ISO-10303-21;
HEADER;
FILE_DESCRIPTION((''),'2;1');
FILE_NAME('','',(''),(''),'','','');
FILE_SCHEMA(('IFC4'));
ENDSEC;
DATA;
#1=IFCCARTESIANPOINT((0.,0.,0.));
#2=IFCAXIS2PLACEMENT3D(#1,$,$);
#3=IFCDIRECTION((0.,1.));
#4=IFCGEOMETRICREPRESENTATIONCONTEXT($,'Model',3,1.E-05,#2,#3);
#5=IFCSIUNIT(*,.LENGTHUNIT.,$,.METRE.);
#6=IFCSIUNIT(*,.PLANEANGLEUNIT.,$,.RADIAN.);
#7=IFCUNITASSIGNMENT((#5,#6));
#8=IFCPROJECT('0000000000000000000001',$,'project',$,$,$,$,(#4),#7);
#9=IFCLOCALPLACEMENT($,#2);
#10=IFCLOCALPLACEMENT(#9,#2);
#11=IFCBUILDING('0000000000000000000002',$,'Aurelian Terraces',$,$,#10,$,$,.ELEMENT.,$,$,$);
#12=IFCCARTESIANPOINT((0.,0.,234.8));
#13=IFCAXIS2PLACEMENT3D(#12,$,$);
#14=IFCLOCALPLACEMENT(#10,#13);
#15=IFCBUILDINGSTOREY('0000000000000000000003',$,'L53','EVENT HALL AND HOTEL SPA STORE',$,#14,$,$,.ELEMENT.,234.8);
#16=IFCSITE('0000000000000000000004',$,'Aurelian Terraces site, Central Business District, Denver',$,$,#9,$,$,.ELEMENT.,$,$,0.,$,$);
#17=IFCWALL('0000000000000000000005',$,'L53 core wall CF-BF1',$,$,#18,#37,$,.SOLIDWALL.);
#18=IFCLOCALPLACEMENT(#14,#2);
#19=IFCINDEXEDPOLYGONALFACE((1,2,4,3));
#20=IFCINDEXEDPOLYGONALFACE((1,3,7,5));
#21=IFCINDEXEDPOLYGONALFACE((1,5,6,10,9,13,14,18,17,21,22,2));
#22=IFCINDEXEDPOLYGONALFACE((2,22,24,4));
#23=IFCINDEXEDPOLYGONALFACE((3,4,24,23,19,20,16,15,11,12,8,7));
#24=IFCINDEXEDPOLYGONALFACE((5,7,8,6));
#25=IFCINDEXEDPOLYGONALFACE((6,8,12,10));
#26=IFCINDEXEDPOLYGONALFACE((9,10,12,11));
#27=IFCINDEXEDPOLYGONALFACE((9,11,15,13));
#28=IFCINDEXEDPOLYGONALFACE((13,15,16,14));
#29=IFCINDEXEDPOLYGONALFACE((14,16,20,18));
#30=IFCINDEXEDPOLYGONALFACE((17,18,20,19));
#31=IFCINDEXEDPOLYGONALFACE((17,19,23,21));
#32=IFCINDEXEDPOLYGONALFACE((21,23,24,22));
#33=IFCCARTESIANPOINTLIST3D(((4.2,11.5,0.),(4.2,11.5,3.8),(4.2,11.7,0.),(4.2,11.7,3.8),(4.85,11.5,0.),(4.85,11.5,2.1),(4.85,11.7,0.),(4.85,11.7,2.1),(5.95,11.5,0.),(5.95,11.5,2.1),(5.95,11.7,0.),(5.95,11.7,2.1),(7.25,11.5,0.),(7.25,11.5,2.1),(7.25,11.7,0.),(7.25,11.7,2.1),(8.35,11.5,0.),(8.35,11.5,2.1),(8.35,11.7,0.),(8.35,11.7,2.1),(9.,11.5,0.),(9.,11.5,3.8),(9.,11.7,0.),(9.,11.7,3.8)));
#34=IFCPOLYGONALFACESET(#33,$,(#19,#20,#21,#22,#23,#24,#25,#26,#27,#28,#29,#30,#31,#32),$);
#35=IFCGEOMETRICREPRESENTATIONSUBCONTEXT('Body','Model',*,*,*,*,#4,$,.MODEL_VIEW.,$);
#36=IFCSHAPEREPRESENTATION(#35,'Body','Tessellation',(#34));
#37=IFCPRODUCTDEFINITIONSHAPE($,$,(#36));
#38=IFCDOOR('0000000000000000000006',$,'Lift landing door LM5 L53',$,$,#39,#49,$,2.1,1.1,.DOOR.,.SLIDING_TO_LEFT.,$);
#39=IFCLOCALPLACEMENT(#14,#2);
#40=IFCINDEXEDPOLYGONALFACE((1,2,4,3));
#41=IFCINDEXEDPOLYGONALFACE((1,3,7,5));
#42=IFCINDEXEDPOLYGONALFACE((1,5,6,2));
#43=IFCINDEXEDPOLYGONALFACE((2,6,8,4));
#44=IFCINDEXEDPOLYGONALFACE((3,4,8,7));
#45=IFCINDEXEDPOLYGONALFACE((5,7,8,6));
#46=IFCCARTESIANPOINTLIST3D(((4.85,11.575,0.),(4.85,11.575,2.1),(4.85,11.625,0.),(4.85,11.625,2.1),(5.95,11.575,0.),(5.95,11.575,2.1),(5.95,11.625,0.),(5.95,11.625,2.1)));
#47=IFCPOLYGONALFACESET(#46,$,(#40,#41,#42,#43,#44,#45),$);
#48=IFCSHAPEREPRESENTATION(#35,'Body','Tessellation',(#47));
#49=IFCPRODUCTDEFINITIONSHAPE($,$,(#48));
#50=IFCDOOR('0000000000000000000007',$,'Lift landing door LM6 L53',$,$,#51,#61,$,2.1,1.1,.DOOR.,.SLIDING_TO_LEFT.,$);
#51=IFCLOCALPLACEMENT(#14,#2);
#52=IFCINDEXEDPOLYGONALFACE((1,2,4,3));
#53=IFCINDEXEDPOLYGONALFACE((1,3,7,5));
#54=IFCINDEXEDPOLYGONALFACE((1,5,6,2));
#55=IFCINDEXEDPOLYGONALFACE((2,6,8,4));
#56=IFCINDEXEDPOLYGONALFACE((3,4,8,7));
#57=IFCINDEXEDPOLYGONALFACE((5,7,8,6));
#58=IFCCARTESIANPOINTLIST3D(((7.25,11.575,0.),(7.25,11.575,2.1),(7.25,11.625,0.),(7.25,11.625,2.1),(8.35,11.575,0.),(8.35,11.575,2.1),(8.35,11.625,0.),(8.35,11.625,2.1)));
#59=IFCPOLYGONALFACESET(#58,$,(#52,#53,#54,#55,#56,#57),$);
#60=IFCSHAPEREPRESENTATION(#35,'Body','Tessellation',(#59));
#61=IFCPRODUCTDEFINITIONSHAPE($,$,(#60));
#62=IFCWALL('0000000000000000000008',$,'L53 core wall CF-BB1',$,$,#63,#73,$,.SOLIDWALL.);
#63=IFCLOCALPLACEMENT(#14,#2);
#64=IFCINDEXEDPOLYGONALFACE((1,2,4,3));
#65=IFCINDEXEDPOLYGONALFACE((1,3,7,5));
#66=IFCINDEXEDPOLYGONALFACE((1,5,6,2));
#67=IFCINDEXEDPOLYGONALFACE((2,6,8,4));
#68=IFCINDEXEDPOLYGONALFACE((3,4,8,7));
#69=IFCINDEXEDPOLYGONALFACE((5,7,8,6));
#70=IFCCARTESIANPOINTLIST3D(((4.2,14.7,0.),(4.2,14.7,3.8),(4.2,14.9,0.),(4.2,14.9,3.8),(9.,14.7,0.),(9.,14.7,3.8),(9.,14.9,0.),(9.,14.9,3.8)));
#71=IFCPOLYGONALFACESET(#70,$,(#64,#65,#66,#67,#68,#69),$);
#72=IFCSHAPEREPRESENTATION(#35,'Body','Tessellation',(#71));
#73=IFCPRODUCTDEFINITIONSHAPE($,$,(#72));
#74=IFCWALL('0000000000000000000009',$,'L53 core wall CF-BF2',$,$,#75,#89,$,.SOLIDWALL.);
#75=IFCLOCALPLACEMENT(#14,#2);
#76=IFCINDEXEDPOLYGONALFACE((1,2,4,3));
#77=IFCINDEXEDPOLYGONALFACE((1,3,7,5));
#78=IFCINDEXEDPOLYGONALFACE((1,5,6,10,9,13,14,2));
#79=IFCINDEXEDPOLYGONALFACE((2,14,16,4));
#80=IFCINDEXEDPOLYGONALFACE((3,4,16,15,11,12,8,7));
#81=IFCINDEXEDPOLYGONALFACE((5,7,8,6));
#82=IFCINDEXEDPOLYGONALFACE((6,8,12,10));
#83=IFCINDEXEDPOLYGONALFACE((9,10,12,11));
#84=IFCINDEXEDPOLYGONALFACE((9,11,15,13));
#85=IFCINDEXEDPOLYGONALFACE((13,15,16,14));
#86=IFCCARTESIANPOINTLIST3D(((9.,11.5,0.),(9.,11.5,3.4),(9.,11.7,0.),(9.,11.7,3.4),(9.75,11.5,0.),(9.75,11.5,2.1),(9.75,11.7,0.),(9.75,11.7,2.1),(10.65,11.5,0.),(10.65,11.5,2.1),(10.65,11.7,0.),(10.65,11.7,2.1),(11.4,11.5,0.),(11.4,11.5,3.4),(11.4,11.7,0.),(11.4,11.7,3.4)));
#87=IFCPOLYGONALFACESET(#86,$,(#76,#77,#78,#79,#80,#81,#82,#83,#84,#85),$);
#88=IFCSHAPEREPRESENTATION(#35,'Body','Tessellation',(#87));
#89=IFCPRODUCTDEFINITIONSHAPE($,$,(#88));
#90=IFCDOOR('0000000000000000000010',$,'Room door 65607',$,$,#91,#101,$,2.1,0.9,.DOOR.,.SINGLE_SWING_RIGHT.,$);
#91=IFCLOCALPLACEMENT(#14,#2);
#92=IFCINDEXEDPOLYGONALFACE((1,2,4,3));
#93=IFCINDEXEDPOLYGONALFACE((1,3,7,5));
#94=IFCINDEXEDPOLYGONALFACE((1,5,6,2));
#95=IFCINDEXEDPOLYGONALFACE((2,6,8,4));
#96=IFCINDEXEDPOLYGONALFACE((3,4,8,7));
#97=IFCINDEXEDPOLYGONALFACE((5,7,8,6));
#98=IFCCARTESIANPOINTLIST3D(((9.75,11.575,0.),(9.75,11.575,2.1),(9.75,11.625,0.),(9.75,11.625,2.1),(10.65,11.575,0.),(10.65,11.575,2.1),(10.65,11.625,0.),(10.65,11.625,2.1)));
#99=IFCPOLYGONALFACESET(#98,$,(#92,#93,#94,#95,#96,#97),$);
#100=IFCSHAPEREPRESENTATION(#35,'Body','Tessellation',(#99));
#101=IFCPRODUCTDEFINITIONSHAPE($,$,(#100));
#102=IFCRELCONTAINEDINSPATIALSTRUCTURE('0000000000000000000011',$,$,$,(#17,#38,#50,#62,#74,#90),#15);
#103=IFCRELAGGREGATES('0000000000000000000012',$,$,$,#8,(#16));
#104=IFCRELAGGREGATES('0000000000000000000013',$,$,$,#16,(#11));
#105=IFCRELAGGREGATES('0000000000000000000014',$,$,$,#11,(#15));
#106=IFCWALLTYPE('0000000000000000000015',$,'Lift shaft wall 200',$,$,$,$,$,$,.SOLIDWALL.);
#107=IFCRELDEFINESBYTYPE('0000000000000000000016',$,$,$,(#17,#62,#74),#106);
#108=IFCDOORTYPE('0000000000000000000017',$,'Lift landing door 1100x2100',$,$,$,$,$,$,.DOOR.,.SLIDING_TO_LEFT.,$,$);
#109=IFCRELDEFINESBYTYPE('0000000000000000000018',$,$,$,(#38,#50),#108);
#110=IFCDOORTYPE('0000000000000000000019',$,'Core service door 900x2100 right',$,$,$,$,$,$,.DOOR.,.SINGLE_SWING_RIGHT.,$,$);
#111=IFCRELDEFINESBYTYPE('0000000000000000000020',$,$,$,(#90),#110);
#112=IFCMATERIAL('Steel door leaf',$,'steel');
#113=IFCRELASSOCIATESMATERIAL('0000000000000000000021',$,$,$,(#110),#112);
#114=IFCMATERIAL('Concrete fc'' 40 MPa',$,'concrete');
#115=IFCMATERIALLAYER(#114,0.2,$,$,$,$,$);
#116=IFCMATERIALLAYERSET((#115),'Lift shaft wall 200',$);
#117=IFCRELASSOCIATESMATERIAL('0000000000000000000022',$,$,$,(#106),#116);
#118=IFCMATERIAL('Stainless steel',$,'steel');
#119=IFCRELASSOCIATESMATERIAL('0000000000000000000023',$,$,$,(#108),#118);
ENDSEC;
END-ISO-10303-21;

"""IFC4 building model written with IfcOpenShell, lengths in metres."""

from ifc_helpers import new_model, si_unit, direction, frame, frame_2d, origin, place, context, subcontext, project, spatial, rectangle, extrude, source, transform, mapped, material, layer, layer_set, type_object, element, fill, save


model = new_model("IFC4")

# Units and contexts
model_context = context("Model", 3, precision=1e-05, world=origin(), true_north=direction((0.0, 1.0)))
body_context = subcontext(model_context, "Body", "Model", "MODEL_VIEW")
ifc_project = project(units=[si_unit("LENGTHUNIT", "METRE"), si_unit("PLANEANGLEUNIT", "RADIAN")], contexts=[model_context])

# Site, building, storey
site_placement = place(None, origin())
site = spatial("IfcSite", under=ifc_project, at=site_placement, Name="Aurelian Terraces site, Central Business District, Denver", CompositionType="ELEMENT", RefElevation=0.0)
building_placement = place(site_placement, origin())
building = spatial("IfcBuilding", under=site, at=building_placement, Name="Aurelian Terraces", CompositionType="ELEMENT")
storey_placement = place(building_placement, frame((0.0, 0.0, 234.8)))
storey = spatial("IfcBuildingStorey", under=building, at=storey_placement, Name="L53", Description="EVENT HALL AND HOTEL SPA STORE", CompositionType="ELEMENT", Elevation=234.8)

# Shared definitions
ifc_material_1 = material(Name="Steel door leaf", Category="steel")
door_type_1 = type_object("IfcDoorType", Name="Core service door 900x2100 right", OperationType="SINGLE_SWING_RIGHT", PredefinedType="DOOR", material=ifc_material_1)
shared_shape_1 = source(origin(), body_context, "Body", "SweptSolid", [
    extrude(rectangle(XDim=0.9, YDim=2.1, at=frame_2d((0.45, 1.05))), frame((0.0, 0.025, 0.0), z_axis=(0.0, -1.0, 0.0), x_axis=(1.0, 0.0, 0.0)), (0.0, 0.0, 1.0), 0.05),
])

# Shared definitions
ifc_material_2 = material(Name="Concrete fc' 40 MPa", Category="concrete")
ifc_layer_1 = layer(ifc_material_2, 0.2)
ifc_layer_set_1 = layer_set([ifc_layer_1], Name="Lift shaft wall 200")
wall_type_1 = type_object("IfcWallType", Name="Lift shaft wall 200", PredefinedType="SOLIDWALL", material=ifc_layer_set_1)

# Wall, openings, doors
shared_shape_2 = source(origin(), body_context, "Body", "SweptSolid", [
    extrude(rectangle(XDim=1.1, YDim=2.1, at=frame_2d((0.55, 1.05))), frame((0.0, 0.11, 0.0), z_axis=(0.0, -1.0, 0.0), x_axis=(1.0, 0.0, 0.0)), (0.0, 0.0, 1.0), 0.22),
])
ifc_material_3 = material(Name="Stainless steel", Category="steel")
door_type_2 = type_object("IfcDoorType", Name="Lift landing door 1100x2100", OperationType="SLIDING_TO_LEFT", PredefinedType="DOOR", material=ifc_material_3)
shared_shape_3 = source(origin(), body_context, "Body", "SweptSolid", [
    extrude(rectangle(XDim=1.1, YDim=2.1, at=frame_2d((0.55, 1.05))), frame((0.0, 0.025, 0.0), z_axis=(0.0, -1.0, 0.0), x_axis=(1.0, 0.0, 0.0)), (0.0, 0.0, 1.0), 0.05),
])
shared_shape_4 = source(origin(), body_context, "Body", "SweptSolid", [
    extrude(rectangle(XDim=4.8, YDim=0.2, at=frame_2d((2.4, 0.0))), origin(), (0.0, 0.0, 1.0), 3.8),
])
wall_1_placement = place(storey_placement, frame((4.2, 11.6, 0.0), z_axis=(0.0, 0.0, 1.0), x_axis=(1.0, 0.0, 0.0)))
wall_1 = element("IfcWall", 1, at=wall_1_placement, inside=storey, type_object=wall_type_1, Name="L53 core wall CF-BF1", PredefinedType="SOLIDWALL", context=body_context, shape_type="MappedRepresentation", body=[
    mapped(shared_shape_4, transform((0.0, 0.0, 0.0), scale=1.0)),
])
opening_1_placement = place(wall_1_placement, frame((0.65, 0.0, 0.0)))
opening_1 = element("IfcOpeningElement", 2, at=opening_1_placement, cuts=wall_1, PredefinedType="OPENING", context=body_context, shape_type="MappedRepresentation", body=[
    mapped(shared_shape_2, transform((0.0, 0.0, 0.0), scale=1.0)),
])
opening_2_placement = place(wall_1_placement, frame((3.05, 0.0, 0.0)))
opening_2 = element("IfcOpeningElement", 3, at=opening_2_placement, cuts=wall_1, PredefinedType="OPENING", context=body_context, shape_type="MappedRepresentation", body=[
    mapped(shared_shape_2, transform((0.0, 0.0, 0.0), scale=1.0)),
])
door_1_placement = place(opening_1_placement, origin())
door_1 = element("IfcDoor", 4, at=door_1_placement, inside=storey, type_object=door_type_2, Name="Lift landing door LM5 L53", OperationType="SLIDING_TO_LEFT", OverallHeight=2.1, OverallWidth=1.1, PredefinedType="DOOR", context=body_context, shape_type="MappedRepresentation", body=[
    mapped(shared_shape_3, transform((0.0, 0.0, 0.0), scale=1.0)),
])
fill(opening_1, door_1)
door_2_placement = place(opening_2_placement, origin())
door_2 = element("IfcDoor", 5, at=door_2_placement, inside=storey, type_object=door_type_2, Name="Lift landing door LM6 L53", OperationType="SLIDING_TO_LEFT", OverallHeight=2.1, OverallWidth=1.1, PredefinedType="DOOR", context=body_context, shape_type="MappedRepresentation", body=[
    mapped(shared_shape_3, transform((0.0, 0.0, 0.0), scale=1.0)),
])
fill(opening_2, door_2)

# Wall
wall_2_placement = place(storey_placement, frame((4.2, 14.8, 0.0), z_axis=(0.0, 0.0, 1.0), x_axis=(1.0, 0.0, 0.0)))
element("IfcWall", 6, at=wall_2_placement, inside=storey, type_object=wall_type_1, Name="L53 core wall CF-BB1", PredefinedType="SOLIDWALL", context=body_context, shape_type="MappedRepresentation", body=[
    mapped(shared_shape_4, transform((0.0, 0.0, 0.0), scale=1.0)),
])

# Wall, opening, door
shared_shape_5 = source(origin(), body_context, "Body", "SweptSolid", [
    extrude(rectangle(XDim=2.4, YDim=0.2, at=frame_2d((1.2, 0.0))), origin(), (0.0, 0.0, 1.0), 3.4),
])
wall_3_placement = place(storey_placement, frame((9.0, 11.6, 0.0), z_axis=(0.0, 0.0, 1.0), x_axis=(1.0, 0.0, 0.0)))
wall_3 = element("IfcWall", 7, at=wall_3_placement, inside=storey, type_object=wall_type_1, Name="L53 core wall CF-BF2", PredefinedType="SOLIDWALL", context=body_context, shape_type="MappedRepresentation", body=[
    mapped(shared_shape_5, transform((0.0, 0.0, 0.0), scale=1.0)),
])
shared_shape_6 = source(origin(), body_context, "Body", "SweptSolid", [
    extrude(rectangle(XDim=0.9, YDim=2.1, at=frame_2d((0.45, 1.05))), frame((0.0, 0.11, 0.0), z_axis=(0.0, -1.0, 0.0), x_axis=(1.0, 0.0, 0.0)), (0.0, 0.0, 1.0), 0.22),
])
opening_3_placement = place(wall_3_placement, frame((0.75, 0.0, 0.0)))
opening_3 = element("IfcOpeningElement", 8, at=opening_3_placement, cuts=wall_3, PredefinedType="OPENING", context=body_context, shape_type="MappedRepresentation", body=[
    mapped(shared_shape_6, transform((0.0, 0.0, 0.0), scale=1.0)),
])
door_3_placement = place(opening_3_placement, origin())
door_3 = element("IfcDoor", 9, at=door_3_placement, inside=storey, type_object=door_type_1, Name="Room door 65607", OperationType="SINGLE_SWING_RIGHT", OverallHeight=2.1, OverallWidth=0.9, PredefinedType="DOOR", context=body_context, shape_type="MappedRepresentation", body=[
    mapped(shared_shape_1, transform((0.0, 0.0, 0.0), scale=1.0)),
])
fill(opening_3, door_3)

save(model, "model.ifc")
